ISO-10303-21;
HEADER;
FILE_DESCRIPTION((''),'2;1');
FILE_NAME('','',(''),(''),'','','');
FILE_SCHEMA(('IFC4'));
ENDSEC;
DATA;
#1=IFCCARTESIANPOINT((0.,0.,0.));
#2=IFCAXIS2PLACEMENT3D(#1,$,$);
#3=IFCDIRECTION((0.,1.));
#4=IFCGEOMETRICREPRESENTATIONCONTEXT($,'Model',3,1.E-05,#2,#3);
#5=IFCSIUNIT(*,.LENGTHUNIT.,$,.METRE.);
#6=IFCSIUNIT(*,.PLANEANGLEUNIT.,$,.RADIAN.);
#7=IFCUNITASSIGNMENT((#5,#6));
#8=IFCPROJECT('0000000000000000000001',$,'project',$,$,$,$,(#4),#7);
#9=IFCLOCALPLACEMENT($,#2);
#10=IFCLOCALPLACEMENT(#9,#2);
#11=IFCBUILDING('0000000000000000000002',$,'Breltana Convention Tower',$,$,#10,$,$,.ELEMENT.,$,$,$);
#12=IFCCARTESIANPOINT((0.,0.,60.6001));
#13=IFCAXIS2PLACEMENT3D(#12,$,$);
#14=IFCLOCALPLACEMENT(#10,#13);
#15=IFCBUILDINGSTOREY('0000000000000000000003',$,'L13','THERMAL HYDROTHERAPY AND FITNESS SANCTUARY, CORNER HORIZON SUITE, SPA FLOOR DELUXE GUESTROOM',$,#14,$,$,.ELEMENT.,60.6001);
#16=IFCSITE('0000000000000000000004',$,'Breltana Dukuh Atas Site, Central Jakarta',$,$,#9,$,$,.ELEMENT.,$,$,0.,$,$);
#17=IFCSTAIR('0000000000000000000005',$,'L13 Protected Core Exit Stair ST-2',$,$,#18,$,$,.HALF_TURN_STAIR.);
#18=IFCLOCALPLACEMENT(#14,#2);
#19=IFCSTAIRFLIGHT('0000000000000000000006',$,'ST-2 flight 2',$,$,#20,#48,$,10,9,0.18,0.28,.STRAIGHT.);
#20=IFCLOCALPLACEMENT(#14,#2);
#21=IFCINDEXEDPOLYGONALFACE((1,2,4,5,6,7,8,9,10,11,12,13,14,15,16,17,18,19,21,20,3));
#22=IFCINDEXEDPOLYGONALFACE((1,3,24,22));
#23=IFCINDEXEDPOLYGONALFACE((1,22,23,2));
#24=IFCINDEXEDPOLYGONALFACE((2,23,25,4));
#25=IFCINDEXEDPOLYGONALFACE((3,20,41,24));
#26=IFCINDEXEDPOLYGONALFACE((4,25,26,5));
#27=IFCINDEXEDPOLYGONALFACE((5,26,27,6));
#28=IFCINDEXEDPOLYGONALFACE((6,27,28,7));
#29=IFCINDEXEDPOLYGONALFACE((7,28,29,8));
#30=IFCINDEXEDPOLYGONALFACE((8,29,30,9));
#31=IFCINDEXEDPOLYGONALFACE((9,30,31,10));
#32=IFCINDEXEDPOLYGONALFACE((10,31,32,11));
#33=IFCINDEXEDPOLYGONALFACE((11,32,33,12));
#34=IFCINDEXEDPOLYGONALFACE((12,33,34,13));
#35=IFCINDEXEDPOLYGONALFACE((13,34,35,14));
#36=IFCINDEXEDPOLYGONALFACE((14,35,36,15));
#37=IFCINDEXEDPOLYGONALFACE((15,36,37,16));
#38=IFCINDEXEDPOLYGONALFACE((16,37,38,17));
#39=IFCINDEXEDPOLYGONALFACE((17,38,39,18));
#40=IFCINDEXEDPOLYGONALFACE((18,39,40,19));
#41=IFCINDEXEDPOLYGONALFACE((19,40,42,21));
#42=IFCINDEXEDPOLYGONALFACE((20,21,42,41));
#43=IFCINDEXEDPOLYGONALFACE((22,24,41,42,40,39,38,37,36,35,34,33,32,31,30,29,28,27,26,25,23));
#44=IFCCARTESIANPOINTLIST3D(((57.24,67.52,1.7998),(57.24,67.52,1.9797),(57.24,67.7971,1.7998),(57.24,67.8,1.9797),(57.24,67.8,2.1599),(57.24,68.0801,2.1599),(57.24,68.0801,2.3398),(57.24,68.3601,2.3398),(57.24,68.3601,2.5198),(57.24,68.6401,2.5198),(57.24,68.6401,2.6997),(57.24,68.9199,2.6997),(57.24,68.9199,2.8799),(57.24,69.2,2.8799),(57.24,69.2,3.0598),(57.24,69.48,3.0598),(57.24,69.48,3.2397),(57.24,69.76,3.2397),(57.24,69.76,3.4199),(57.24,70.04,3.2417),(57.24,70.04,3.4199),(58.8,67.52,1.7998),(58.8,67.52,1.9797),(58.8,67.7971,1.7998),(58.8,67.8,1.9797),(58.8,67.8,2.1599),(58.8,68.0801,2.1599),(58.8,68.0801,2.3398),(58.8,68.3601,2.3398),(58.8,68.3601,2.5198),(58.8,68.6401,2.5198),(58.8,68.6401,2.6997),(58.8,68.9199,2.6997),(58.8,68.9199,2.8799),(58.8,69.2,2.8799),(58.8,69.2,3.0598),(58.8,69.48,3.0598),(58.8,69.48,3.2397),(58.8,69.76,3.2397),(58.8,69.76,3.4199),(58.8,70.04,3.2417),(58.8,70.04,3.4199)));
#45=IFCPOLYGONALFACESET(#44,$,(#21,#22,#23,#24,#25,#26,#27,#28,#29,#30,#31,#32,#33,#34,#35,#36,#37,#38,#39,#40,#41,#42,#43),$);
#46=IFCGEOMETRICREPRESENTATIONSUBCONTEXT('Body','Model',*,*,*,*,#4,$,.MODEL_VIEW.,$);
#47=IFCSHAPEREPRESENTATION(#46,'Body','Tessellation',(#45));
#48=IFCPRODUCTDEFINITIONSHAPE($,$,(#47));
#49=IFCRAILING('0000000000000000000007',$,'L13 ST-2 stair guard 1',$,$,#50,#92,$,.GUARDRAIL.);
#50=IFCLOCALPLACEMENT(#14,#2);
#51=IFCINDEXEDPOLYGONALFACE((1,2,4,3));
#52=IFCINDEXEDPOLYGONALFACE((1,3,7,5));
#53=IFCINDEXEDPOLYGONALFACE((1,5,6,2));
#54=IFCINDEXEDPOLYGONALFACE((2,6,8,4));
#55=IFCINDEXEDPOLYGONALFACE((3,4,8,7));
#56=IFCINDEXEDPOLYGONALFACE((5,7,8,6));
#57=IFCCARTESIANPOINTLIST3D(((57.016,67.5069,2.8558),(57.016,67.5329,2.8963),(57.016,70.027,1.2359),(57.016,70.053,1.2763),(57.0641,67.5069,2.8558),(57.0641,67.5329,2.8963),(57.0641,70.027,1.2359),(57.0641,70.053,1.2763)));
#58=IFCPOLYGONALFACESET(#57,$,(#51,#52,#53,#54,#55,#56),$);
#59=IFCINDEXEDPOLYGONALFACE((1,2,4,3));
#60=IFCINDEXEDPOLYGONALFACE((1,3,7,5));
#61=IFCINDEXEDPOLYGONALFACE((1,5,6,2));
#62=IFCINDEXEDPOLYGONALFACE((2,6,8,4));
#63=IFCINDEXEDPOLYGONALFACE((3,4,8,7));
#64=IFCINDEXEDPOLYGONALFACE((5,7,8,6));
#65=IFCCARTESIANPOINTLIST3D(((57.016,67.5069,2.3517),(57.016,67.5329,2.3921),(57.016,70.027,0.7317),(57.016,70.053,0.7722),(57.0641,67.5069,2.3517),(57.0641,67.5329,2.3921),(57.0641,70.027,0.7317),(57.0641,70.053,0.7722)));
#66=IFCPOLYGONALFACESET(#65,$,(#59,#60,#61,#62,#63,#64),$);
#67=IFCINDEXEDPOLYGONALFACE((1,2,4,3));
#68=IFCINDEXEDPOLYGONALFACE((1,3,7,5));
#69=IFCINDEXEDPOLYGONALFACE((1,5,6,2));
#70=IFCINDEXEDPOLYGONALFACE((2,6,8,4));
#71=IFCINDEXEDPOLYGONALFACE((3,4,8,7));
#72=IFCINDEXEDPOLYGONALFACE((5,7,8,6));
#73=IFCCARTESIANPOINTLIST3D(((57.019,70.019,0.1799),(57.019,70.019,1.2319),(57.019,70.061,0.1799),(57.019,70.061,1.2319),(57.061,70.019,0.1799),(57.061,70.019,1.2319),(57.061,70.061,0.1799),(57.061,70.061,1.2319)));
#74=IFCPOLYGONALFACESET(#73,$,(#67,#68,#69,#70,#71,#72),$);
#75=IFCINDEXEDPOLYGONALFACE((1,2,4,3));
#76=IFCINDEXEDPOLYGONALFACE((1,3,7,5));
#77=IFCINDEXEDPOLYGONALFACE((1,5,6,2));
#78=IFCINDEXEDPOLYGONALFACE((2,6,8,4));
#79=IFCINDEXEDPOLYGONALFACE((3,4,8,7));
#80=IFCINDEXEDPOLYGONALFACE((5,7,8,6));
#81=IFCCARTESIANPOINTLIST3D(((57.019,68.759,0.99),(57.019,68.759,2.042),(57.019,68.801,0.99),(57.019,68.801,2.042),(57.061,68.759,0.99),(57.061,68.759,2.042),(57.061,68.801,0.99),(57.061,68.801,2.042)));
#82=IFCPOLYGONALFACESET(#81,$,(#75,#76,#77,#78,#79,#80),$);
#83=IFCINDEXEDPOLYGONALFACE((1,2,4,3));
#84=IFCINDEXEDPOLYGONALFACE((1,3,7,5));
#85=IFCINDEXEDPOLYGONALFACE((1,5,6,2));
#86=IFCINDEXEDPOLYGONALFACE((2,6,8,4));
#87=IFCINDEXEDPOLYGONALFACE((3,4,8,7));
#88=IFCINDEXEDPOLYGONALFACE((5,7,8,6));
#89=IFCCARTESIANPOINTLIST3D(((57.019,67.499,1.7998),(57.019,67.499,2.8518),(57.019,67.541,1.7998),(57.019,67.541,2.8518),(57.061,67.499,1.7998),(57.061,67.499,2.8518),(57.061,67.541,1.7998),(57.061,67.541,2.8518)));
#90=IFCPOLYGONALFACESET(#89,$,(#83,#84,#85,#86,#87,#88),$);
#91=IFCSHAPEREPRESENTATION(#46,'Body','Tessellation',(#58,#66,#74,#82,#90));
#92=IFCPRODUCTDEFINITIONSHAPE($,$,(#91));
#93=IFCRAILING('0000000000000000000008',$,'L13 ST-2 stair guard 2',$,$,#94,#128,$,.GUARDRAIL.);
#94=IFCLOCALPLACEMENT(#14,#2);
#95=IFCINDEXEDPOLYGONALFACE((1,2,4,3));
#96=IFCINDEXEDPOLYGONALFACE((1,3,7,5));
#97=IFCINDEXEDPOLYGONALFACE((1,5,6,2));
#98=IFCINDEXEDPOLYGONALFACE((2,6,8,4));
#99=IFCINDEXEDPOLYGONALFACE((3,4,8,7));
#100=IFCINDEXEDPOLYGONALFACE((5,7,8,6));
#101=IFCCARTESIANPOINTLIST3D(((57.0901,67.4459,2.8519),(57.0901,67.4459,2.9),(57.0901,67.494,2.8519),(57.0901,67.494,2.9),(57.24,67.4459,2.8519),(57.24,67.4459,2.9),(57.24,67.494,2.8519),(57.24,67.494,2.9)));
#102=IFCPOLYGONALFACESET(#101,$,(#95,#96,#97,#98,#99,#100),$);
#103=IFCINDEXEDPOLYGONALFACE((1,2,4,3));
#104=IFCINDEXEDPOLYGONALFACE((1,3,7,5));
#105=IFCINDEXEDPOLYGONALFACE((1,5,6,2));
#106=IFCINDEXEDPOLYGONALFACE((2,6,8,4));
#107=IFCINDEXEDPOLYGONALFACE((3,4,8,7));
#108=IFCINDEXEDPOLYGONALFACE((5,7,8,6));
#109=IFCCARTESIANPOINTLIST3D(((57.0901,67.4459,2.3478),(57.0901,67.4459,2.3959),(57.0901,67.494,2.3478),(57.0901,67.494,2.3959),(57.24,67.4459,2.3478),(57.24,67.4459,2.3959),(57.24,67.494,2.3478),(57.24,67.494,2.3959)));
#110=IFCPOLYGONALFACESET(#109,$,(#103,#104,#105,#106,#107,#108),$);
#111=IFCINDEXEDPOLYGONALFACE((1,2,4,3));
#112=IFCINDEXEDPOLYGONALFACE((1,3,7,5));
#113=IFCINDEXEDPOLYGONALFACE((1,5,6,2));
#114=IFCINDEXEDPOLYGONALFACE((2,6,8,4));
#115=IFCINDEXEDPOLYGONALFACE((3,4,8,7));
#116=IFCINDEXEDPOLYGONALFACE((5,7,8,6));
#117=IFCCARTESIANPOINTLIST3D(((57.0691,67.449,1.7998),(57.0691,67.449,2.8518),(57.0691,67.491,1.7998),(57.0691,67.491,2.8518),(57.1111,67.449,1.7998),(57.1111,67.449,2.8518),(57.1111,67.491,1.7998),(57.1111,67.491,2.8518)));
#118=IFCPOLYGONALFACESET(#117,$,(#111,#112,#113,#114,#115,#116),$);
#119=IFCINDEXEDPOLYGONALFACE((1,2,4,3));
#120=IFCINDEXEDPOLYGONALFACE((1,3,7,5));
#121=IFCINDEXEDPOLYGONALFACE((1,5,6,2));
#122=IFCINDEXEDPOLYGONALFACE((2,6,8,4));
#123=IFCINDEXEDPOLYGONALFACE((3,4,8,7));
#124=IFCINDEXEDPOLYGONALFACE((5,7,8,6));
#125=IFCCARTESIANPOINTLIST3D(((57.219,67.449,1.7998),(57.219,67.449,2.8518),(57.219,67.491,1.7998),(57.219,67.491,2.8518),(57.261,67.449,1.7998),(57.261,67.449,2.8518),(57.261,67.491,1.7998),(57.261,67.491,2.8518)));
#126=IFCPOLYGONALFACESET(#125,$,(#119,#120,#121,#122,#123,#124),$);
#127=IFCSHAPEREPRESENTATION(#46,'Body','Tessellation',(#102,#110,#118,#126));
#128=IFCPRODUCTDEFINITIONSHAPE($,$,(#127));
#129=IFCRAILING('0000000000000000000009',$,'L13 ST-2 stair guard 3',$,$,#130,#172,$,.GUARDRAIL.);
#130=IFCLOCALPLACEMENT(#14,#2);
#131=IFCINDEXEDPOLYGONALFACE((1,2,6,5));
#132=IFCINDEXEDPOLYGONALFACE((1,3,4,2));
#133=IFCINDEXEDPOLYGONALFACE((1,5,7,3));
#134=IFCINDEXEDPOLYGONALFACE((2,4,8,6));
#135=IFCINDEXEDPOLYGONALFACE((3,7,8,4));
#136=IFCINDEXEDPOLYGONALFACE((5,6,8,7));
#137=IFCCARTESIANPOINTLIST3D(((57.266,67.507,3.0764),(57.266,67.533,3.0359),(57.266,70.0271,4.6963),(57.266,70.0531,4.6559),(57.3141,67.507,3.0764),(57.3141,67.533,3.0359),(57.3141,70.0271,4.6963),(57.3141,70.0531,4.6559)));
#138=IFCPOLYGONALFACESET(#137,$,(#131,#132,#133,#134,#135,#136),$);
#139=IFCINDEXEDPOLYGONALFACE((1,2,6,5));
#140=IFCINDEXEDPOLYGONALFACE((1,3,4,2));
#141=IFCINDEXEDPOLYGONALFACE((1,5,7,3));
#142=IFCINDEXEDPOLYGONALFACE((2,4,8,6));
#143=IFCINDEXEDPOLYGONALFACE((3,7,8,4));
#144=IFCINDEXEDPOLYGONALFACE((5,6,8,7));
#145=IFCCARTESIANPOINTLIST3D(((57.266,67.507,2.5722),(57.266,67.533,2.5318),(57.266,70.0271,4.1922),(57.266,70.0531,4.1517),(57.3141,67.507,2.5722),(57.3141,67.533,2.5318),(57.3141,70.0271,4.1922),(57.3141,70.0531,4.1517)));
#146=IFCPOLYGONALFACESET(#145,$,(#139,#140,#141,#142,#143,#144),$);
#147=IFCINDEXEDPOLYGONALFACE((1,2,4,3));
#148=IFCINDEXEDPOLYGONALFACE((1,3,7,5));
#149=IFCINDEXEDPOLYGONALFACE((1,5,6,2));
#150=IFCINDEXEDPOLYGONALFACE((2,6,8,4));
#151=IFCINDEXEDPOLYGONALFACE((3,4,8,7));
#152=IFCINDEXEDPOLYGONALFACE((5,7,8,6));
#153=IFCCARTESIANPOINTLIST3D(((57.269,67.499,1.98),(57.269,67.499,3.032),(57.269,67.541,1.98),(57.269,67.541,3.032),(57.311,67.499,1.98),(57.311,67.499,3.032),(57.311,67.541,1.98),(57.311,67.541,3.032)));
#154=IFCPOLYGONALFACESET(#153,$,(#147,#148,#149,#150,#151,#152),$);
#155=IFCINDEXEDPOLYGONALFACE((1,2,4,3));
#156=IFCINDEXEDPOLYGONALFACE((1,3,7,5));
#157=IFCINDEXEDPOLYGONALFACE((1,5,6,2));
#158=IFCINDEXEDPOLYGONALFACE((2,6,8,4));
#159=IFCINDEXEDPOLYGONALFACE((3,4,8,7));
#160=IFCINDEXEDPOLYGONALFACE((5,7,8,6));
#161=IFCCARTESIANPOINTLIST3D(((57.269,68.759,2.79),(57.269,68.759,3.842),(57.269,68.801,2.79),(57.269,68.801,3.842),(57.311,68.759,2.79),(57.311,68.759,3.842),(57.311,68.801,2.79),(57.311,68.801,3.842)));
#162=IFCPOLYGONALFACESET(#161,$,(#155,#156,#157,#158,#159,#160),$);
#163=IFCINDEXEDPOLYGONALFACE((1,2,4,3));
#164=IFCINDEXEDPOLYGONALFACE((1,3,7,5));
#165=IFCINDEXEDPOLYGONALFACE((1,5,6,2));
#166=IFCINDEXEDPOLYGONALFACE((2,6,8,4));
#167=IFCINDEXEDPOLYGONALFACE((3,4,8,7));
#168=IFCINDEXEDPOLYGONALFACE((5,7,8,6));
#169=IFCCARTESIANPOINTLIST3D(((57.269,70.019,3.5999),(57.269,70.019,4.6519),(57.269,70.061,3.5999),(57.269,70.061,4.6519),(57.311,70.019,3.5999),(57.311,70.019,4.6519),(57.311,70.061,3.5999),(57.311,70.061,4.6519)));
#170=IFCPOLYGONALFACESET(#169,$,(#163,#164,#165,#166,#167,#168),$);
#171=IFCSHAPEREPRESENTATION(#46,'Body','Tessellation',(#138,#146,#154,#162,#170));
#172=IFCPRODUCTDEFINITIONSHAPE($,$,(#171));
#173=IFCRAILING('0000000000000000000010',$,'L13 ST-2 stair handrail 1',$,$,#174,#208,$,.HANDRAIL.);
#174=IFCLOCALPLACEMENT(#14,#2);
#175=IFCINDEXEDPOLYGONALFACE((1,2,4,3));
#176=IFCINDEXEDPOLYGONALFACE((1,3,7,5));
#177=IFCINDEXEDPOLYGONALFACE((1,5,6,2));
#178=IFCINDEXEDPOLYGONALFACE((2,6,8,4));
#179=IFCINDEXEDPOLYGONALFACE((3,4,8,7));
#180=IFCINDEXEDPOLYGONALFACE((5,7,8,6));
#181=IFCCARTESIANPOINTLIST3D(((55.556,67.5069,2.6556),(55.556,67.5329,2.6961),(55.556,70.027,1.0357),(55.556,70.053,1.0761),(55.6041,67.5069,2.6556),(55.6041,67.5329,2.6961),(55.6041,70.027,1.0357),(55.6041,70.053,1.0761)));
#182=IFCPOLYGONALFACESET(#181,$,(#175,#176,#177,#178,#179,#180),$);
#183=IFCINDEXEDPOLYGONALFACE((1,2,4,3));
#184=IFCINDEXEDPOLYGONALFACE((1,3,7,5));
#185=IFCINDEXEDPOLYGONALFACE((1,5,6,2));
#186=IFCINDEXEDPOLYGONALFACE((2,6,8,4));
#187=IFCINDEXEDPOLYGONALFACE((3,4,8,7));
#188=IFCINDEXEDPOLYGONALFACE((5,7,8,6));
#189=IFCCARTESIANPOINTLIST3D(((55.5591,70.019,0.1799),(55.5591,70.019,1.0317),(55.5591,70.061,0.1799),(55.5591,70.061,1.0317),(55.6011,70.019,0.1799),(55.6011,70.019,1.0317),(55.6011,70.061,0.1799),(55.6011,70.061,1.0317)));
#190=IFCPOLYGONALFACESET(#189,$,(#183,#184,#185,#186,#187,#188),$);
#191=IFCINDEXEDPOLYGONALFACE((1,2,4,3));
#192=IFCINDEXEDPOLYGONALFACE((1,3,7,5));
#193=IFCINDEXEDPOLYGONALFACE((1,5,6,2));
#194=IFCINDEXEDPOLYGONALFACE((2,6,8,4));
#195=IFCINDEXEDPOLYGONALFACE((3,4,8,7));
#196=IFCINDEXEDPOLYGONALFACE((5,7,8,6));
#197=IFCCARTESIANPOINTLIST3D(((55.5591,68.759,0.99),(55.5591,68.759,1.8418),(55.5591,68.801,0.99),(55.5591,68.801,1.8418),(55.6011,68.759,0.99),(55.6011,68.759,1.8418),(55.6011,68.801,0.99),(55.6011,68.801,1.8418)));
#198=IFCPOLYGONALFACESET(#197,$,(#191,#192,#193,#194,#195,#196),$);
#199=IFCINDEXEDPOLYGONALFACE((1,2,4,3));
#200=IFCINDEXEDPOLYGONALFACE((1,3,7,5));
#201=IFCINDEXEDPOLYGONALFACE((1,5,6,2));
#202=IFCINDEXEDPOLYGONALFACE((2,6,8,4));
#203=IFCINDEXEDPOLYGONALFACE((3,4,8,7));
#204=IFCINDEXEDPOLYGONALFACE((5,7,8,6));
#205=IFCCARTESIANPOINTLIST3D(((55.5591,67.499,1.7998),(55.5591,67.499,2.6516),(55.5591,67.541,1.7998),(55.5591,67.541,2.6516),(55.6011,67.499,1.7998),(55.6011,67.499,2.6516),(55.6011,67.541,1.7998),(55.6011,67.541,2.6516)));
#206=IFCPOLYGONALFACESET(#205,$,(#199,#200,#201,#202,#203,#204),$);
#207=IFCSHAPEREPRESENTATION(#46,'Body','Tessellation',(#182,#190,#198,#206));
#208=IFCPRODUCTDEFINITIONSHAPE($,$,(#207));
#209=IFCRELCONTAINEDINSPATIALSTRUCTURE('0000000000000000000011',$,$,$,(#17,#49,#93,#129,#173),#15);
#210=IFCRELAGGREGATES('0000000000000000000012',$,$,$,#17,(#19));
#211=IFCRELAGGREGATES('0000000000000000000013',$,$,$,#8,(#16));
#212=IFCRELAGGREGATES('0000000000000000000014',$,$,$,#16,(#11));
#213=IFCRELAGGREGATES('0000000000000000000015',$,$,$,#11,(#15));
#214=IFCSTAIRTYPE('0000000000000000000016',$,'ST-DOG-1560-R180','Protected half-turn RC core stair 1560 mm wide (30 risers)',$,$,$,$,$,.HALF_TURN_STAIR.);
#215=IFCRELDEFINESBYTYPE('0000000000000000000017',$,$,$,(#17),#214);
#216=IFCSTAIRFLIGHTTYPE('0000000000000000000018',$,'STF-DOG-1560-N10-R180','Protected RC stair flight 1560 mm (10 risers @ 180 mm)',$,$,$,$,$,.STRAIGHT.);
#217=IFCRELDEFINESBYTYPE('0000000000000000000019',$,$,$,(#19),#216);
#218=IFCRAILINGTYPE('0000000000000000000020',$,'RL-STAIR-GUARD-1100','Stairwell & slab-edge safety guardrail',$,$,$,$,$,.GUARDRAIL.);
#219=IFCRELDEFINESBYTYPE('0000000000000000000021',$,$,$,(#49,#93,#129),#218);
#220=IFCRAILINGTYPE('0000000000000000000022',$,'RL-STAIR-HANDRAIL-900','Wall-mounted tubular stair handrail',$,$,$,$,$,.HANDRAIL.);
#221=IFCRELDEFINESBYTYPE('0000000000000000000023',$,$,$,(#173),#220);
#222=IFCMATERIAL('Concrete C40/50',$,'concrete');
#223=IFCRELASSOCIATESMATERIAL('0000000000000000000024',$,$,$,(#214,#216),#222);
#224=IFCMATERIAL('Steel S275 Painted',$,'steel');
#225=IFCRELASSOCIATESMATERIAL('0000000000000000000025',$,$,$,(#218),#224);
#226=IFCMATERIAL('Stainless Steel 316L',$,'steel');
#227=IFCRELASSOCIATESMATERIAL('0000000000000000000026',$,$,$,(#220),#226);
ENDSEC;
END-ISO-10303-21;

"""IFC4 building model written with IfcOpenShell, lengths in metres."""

from ifc_helpers import new_model, si_unit, direction, frame, origin, origin_2d, place, context, subcontext, project, spatial, polyline, rectangle, outline, extrude, material, type_object, element, aggregate, save


model = new_model("IFC4")

# Units and contexts
model_context = context("Model", 3, precision=1e-05, world=origin(), true_north=direction((0.0, 1.0)))
body_context = subcontext(model_context, "Body", "Model", "MODEL_VIEW")
ifc_project = project(units=[si_unit("LENGTHUNIT", "METRE"), si_unit("PLANEANGLEUNIT", "RADIAN")], contexts=[model_context])

# Site, building, storey
site_placement = place(None, origin())
site = spatial("IfcSite", under=ifc_project, at=site_placement, Name="Breltana Dukuh Atas Site, Central Jakarta", CompositionType="ELEMENT", RefElevation=0.0)
building_placement = place(site_placement, origin())
building = spatial("IfcBuilding", under=site, at=building_placement, Name="Breltana Convention Tower", CompositionType="ELEMENT")
storey_placement = place(building_placement, frame((0.0, 0.0, 60.6001)))
storey = spatial("IfcBuildingStorey", under=building, at=storey_placement, Name="L13", Description="THERMAL HYDROTHERAPY AND FITNESS SANCTUARY, CORNER HORIZON SUITE, SPA FLOOR DELUXE GUESTROOM", CompositionType="ELEMENT", Elevation=60.6001)

# Stair, stair flight
ifc_material_1 = material(Name="Concrete C40/50", Category="concrete")
stair_type = type_object("IfcStairType", Name="ST-DOG-1560-R180", Description="Protected half-turn RC core stair 1560 mm wide (30 risers)", PredefinedType="HALF_TURN_STAIR", material=ifc_material_1)
stair_placement = place(storey_placement, origin())
stair = element("IfcStair", 1, at=stair_placement, inside=storey, type_object=stair_type, Name="L13 Protected Core Exit Stair ST-2", PredefinedType="HALF_TURN_STAIR")
stair_flight_type = type_object("IfcStairFlightType", Name="STF-DOG-1560-N10-R180", Description="Protected RC stair flight 1560 mm (10 risers @ 180 mm)", PredefinedType="STRAIGHT", material=ifc_material_1)
stair_flight_1_placement = place(storey_placement, frame((58.02, 67.52, 1.7998), z_axis=(0.0, 0.0, 1.0), x_axis=(0.0, 1.0, 0.0)))
stair_flight_1 = element("IfcStairFlight", 2, at=stair_flight_1_placement, type_object=stair_flight_type, Name="ST-2 flight 2", NumberOfRisers=10, NumberOfTreads=9, PredefinedType="STRAIGHT", RiserHeight=0.18, TreadLength=0.28, context=body_context, shape_type="SweptSolid", body=[
    extrude(outline(polyline([(0.0, 0.0), (0.0, 0.1799), (0.28, 0.1799), (0.28, 0.3601), (0.5601, 0.3601), (0.5601, 0.54), (0.8401, 0.54), (0.8401, 0.72), (1.1201, 0.72), (1.1201, 0.8999), (1.3999, 0.8999), (1.3999, 1.0801), (1.6799, 1.0801), (1.6799, 1.26), (1.96, 1.26), (1.96, 1.4399), (2.24, 1.4399), (2.24, 1.6201), (2.52, 1.6201), (2.52, 1.8), (2.52, 1.4419), (0.2771, 0.0), (0.0, 0.0)])), frame((0.0, 0.78, 0.0), z_axis=(0.0, -1.0, 0.0), x_axis=(1.0, 0.0, 0.0)), (0.0, 0.0, 1.0), 1.5601),
])
aggregate(stair, [stair_flight_1])

# Railings
ifc_material_2 = material(Name="Steel S275 Painted", Category="steel")
railing_type_1 = type_object("IfcRailingType", Name="RL-STAIR-GUARD-1100", Description="Stairwell & slab-edge safety guardrail", PredefinedType="GUARDRAIL", material=ifc_material_2)
railing_1_placement = place(storey_placement, frame((57.04, 70.04, 0.1799)))
element("IfcRailing", 3, at=railing_1_placement, inside=storey, type_object=railing_type_1, Name="L13 ST-2 stair guard 1", PredefinedType="GUARDRAIL", context=body_context, shape_type="SweptSolid", body=[
    extrude(rectangle(XDim=0.0481, YDim=0.0481, at=origin_2d()), frame((0.0, 0.0, 1.0762), z_axis=(0.0, -0.8412, 0.540725), x_axis=(1.0, 0.0, 0.0)), (0.0, 0.0, 1.0), 2.9958),
    extrude(rectangle(XDim=0.0481, YDim=0.0481, at=origin_2d()), frame((0.0, 0.0, 0.572), z_axis=(0.0, -0.8412, 0.540725), x_axis=(1.0, 0.0, 0.0)), (0.0, 0.0, 1.0), 2.9958),
    extrude(rectangle(XDim=0.042, YDim=0.042, at=origin_2d()), origin(), (0.0, 0.0, 1.0), 1.052),
    extrude(rectangle(XDim=0.042, YDim=0.042, at=origin_2d()), frame((0.0, -1.26, 0.8101)), (0.0, 0.0, 1.0), 1.052),
    extrude(rectangle(XDim=0.042, YDim=0.042, at=origin_2d()), frame((0.0, -2.52, 1.6199)), (0.0, 0.0, 1.0), 1.052),
])
railing_2_placement = place(storey_placement, frame((57.0901, 67.47, 1.7998)))
element("IfcRailing", 4, at=railing_2_placement, inside=storey, type_object=railing_type_1, Name="L13 ST-2 stair guard 2", PredefinedType="GUARDRAIL", context=body_context, shape_type="SweptSolid", body=[
    extrude(rectangle(XDim=0.0481, YDim=0.0481, at=origin_2d()), frame((0.0, 0.0, 1.0762), z_axis=(1.0, 0.0, 0.0), x_axis=(0.0, 1.0, 0.0)), (0.0, 0.0, 1.0), 0.1499),
    extrude(rectangle(XDim=0.0481, YDim=0.0481, at=origin_2d()), frame((0.0, 0.0, 0.572), z_axis=(1.0, 0.0, 0.0), x_axis=(0.0, 1.0, 0.0)), (0.0, 0.0, 1.0), 0.1499),
    extrude(rectangle(XDim=0.042, YDim=0.042, at=origin_2d()), origin(), (0.0, 0.0, 1.0), 1.052),
    extrude(rectangle(XDim=0.042, YDim=0.042, at=origin_2d()), frame((0.1499, 0.0, 0.0)), (0.0, 0.0, 1.0), 1.052),
])
railing_3_placement = place(storey_placement, frame((57.29, 67.52, 1.98)))
element("IfcRailing", 5, at=railing_3_placement, inside=storey, type_object=railing_type_1, Name="L13 ST-2 stair guard 3", PredefinedType="GUARDRAIL", context=body_context, shape_type="SweptSolid", body=[
    extrude(rectangle(XDim=0.0481, YDim=0.0481, at=origin_2d()), frame((0.0, 0.0, 1.0762), z_axis=(0.0, 0.8412, 0.540725), x_axis=(-1.0, 0.0, 0.0)), (0.0, 0.0, 1.0), 2.9958),
    extrude(rectangle(XDim=0.0481, YDim=0.0481, at=origin_2d()), frame((0.0, 0.0, 0.572), z_axis=(0.0, 0.8412, 0.540725), x_axis=(-1.0, 0.0, 0.0)), (0.0, 0.0, 1.0), 2.9958),
    extrude(rectangle(XDim=0.042, YDim=0.042, at=origin_2d()), origin(), (0.0, 0.0, 1.0), 1.052),
    extrude(rectangle(XDim=0.042, YDim=0.042, at=origin_2d()), frame((0.0, 1.26, 0.8101)), (0.0, 0.0, 1.0), 1.052),
    extrude(rectangle(XDim=0.042, YDim=0.042, at=origin_2d()), frame((0.0, 2.52, 1.6199)), (0.0, 0.0, 1.0), 1.052),
])
ifc_material_3 = material(Name="Stainless Steel 316L", Category="steel")
railing_type_2 = type_object("IfcRailingType", Name="RL-STAIR-HANDRAIL-900", Description="Wall-mounted tubular stair handrail", PredefinedType="HANDRAIL", material=ifc_material_3)
railing_4_placement = place(storey_placement, frame((55.5801, 70.04, 0.1799)))
element("IfcRailing", 6, at=railing_4_placement, inside=storey, type_object=railing_type_2, Name="L13 ST-2 stair handrail 1", PredefinedType="HANDRAIL", context=body_context, shape_type="SweptSolid", body=[
    extrude(rectangle(XDim=0.0481, YDim=0.0481, at=origin_2d()), frame((0.0, 0.0, 0.876), z_axis=(0.0, -0.8412, 0.540725), x_axis=(1.0, 0.0, 0.0)), (0.0, 0.0, 1.0), 2.9958),
    extrude(rectangle(XDim=0.042, YDim=0.042, at=origin_2d()), origin(), (0.0, 0.0, 1.0), 0.8518),
    extrude(rectangle(XDim=0.042, YDim=0.042, at=origin_2d()), frame((0.0, -1.26, 0.8101)), (0.0, 0.0, 1.0), 0.8518),
    extrude(rectangle(XDim=0.042, YDim=0.042, at=origin_2d()), frame((0.0, -2.52, 1.6199)), (0.0, 0.0, 1.0), 0.8518),
])

save(model, "model.ifc")
